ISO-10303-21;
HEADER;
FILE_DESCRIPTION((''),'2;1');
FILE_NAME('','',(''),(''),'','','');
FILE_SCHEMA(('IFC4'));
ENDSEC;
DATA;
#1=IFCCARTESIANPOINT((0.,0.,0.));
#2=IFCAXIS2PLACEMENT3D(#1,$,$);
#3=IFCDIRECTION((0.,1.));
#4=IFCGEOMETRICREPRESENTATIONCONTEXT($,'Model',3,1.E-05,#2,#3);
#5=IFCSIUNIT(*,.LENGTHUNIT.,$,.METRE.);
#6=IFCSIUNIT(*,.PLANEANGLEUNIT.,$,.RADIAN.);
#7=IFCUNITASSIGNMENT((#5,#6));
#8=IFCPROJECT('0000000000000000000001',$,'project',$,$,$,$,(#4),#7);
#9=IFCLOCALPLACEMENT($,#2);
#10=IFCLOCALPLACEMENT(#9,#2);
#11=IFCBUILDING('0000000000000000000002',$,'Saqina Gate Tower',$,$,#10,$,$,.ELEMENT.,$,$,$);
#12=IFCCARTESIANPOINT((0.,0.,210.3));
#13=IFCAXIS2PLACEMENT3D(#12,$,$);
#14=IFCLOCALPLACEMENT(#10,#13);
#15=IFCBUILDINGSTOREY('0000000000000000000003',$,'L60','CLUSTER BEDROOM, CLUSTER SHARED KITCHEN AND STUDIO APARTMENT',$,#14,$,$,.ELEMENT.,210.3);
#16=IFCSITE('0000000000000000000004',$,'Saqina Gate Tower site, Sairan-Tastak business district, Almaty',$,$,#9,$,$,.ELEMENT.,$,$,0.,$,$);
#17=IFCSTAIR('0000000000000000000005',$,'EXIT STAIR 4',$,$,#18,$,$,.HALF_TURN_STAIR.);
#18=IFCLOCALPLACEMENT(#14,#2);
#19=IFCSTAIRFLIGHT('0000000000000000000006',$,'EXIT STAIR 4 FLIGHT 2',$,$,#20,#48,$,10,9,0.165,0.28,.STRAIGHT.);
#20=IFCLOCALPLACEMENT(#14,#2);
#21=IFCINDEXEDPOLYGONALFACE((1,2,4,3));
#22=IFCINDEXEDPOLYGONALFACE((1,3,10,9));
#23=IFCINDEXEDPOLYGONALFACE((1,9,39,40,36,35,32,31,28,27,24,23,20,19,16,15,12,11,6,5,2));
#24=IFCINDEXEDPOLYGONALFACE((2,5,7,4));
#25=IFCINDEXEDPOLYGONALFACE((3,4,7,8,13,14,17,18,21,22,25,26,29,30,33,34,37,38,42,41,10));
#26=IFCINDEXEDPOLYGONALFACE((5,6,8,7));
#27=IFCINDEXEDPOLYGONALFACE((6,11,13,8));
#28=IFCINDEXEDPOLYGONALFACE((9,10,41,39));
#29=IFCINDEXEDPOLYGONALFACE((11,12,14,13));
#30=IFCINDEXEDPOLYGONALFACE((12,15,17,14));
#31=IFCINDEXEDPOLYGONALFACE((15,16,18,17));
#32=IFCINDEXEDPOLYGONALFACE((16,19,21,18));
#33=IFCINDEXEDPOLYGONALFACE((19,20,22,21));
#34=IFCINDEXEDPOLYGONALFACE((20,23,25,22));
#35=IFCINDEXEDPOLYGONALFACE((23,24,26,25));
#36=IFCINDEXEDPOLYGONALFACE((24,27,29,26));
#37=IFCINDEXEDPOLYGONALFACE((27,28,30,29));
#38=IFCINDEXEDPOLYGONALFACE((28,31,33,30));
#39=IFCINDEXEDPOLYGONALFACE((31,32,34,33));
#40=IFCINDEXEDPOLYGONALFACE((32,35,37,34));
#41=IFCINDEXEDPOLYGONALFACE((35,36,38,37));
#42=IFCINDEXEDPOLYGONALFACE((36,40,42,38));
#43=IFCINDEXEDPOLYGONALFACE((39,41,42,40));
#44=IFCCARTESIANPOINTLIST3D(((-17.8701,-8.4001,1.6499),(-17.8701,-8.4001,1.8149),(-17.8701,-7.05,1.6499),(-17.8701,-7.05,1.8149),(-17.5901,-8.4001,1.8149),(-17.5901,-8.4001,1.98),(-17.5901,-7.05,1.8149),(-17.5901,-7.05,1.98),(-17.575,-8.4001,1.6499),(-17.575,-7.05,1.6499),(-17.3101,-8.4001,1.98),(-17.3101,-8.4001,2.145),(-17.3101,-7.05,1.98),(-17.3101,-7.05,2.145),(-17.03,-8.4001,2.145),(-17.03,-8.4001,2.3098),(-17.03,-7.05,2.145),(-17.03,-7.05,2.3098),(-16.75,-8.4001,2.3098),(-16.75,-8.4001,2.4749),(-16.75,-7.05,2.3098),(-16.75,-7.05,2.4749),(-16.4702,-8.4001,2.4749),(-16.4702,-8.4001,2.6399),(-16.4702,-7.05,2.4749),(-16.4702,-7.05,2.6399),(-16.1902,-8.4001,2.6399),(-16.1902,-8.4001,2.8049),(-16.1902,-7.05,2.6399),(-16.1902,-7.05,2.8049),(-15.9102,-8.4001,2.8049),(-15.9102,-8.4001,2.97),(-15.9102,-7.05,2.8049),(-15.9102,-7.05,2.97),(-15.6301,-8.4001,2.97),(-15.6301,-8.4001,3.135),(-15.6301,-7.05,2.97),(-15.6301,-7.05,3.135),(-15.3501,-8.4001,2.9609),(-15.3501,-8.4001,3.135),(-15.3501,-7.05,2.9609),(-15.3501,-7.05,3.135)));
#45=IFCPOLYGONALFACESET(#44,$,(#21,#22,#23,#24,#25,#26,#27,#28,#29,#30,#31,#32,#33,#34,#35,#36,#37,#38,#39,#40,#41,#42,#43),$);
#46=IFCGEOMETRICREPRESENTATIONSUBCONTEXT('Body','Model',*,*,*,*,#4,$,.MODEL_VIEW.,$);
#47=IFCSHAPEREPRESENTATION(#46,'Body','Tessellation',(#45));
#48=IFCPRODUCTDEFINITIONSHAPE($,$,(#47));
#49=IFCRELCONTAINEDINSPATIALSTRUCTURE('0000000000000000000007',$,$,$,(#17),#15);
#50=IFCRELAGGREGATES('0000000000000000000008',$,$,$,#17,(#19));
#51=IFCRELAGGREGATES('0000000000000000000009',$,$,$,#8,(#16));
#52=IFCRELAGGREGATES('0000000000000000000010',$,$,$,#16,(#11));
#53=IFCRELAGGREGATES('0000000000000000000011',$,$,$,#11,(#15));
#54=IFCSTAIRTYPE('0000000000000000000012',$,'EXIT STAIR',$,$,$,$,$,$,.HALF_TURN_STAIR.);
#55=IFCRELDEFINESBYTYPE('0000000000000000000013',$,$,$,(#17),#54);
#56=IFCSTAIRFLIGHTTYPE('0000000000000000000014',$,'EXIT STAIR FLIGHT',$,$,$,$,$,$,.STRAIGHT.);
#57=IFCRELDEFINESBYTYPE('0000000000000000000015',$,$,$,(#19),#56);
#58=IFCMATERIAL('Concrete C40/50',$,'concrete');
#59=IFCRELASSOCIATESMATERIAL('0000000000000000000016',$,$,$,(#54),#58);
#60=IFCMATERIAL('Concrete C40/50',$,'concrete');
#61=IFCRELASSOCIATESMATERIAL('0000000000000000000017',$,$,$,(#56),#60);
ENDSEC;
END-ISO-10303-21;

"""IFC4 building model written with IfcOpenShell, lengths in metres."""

from ifc_helpers import new_model, si_unit, direction, frame, origin, place, context, subcontext, project, spatial, polyline, outline, extrude, material, type_object, element, aggregate, save


model = new_model("IFC4")

# Units and contexts
model_context = context("Model", 3, precision=1e-05, world=origin(), true_north=direction((0.0, 1.0)))
body_context = subcontext(model_context, "Body", "Model", "MODEL_VIEW")
ifc_project = project(units=[si_unit("LENGTHUNIT", "METRE"), si_unit("PLANEANGLEUNIT", "RADIAN")], contexts=[model_context])

# Site, building, storey
site_placement = place(None, origin())
site = spatial("IfcSite", under=ifc_project, at=site_placement, Name="Saqina Gate Tower site, Sairan-Tastak business district, Almaty", CompositionType="ELEMENT", RefElevation=0.0)
building_placement = place(site_placement, origin())
building = spatial("IfcBuilding", under=site, at=building_placement, Name="Saqina Gate Tower", CompositionType="ELEMENT")
storey_placement = place(building_placement, frame((0.0, 0.0, 210.3)))
storey = spatial("IfcBuildingStorey", under=building, at=storey_placement, Name="L60", Description="CLUSTER BEDROOM, CLUSTER SHARED KITCHEN AND STUDIO APARTMENT", CompositionType="ELEMENT", Elevation=210.3)

# Stair, stair flight
ifc_material_1 = material(Name="Concrete C40/50", Category="concrete")
stair_type = type_object("IfcStairType", Name="EXIT STAIR", PredefinedType="HALF_TURN_STAIR", material=ifc_material_1)
stair_placement = place(storey_placement, origin())
stair = element("IfcStair", 1, at=stair_placement, inside=storey, type_object=stair_type, Name="EXIT STAIR 4", PredefinedType="HALF_TURN_STAIR")
ifc_material_2 = material(Name="Concrete C40/50", Category="concrete")
stair_flight_type = type_object("IfcStairFlightType", Name="EXIT STAIR FLIGHT", PredefinedType="STRAIGHT", material=ifc_material_2)
stair_flight_1_placement = place(storey_placement, frame((-17.8701, -7.7251, 1.6499), z_axis=(0.0, 0.0, 1.0), x_axis=(1.0, 0.0, 0.0)))
stair_flight_1 = element("IfcStairFlight", 2, at=stair_flight_1_placement, type_object=stair_flight_type, Name="EXIT STAIR 4 FLIGHT 2", NumberOfRisers=10, NumberOfTreads=9, PredefinedType="STRAIGHT", RiserHeight=0.165, TreadLength=0.28, context=body_context, shape_type="SweptSolid", body=[
    extrude(outline(polyline([(0.0, 0.0), (0.0, 0.165), (0.28, 0.165), (0.28, 0.3301), (0.5601, 0.3301), (0.5601, 0.4951), (0.8401, 0.4951), (0.8401, 0.6599), (1.1201, 0.6599), (1.1201, 0.825), (1.3999, 0.825), (1.3999, 0.99), (1.6799, 0.99), (1.6799, 1.155), (1.96, 1.155), (1.96, 1.3201), (2.24, 1.3201), (2.24, 1.4851), (2.52, 1.4851), (2.52, 1.6499), (2.52, 1.311), (0.2952, 0.0), (0.0, 0.0)])), frame((0.0, 0.675, 0.0), z_axis=(0.0, -1.0, 0.0), x_axis=(1.0, 0.0, 0.0)), (0.0, 0.0, 1.0), 1.3501),
])
aggregate(stair, [stair_flight_1])

save(model, "model.ifc")
